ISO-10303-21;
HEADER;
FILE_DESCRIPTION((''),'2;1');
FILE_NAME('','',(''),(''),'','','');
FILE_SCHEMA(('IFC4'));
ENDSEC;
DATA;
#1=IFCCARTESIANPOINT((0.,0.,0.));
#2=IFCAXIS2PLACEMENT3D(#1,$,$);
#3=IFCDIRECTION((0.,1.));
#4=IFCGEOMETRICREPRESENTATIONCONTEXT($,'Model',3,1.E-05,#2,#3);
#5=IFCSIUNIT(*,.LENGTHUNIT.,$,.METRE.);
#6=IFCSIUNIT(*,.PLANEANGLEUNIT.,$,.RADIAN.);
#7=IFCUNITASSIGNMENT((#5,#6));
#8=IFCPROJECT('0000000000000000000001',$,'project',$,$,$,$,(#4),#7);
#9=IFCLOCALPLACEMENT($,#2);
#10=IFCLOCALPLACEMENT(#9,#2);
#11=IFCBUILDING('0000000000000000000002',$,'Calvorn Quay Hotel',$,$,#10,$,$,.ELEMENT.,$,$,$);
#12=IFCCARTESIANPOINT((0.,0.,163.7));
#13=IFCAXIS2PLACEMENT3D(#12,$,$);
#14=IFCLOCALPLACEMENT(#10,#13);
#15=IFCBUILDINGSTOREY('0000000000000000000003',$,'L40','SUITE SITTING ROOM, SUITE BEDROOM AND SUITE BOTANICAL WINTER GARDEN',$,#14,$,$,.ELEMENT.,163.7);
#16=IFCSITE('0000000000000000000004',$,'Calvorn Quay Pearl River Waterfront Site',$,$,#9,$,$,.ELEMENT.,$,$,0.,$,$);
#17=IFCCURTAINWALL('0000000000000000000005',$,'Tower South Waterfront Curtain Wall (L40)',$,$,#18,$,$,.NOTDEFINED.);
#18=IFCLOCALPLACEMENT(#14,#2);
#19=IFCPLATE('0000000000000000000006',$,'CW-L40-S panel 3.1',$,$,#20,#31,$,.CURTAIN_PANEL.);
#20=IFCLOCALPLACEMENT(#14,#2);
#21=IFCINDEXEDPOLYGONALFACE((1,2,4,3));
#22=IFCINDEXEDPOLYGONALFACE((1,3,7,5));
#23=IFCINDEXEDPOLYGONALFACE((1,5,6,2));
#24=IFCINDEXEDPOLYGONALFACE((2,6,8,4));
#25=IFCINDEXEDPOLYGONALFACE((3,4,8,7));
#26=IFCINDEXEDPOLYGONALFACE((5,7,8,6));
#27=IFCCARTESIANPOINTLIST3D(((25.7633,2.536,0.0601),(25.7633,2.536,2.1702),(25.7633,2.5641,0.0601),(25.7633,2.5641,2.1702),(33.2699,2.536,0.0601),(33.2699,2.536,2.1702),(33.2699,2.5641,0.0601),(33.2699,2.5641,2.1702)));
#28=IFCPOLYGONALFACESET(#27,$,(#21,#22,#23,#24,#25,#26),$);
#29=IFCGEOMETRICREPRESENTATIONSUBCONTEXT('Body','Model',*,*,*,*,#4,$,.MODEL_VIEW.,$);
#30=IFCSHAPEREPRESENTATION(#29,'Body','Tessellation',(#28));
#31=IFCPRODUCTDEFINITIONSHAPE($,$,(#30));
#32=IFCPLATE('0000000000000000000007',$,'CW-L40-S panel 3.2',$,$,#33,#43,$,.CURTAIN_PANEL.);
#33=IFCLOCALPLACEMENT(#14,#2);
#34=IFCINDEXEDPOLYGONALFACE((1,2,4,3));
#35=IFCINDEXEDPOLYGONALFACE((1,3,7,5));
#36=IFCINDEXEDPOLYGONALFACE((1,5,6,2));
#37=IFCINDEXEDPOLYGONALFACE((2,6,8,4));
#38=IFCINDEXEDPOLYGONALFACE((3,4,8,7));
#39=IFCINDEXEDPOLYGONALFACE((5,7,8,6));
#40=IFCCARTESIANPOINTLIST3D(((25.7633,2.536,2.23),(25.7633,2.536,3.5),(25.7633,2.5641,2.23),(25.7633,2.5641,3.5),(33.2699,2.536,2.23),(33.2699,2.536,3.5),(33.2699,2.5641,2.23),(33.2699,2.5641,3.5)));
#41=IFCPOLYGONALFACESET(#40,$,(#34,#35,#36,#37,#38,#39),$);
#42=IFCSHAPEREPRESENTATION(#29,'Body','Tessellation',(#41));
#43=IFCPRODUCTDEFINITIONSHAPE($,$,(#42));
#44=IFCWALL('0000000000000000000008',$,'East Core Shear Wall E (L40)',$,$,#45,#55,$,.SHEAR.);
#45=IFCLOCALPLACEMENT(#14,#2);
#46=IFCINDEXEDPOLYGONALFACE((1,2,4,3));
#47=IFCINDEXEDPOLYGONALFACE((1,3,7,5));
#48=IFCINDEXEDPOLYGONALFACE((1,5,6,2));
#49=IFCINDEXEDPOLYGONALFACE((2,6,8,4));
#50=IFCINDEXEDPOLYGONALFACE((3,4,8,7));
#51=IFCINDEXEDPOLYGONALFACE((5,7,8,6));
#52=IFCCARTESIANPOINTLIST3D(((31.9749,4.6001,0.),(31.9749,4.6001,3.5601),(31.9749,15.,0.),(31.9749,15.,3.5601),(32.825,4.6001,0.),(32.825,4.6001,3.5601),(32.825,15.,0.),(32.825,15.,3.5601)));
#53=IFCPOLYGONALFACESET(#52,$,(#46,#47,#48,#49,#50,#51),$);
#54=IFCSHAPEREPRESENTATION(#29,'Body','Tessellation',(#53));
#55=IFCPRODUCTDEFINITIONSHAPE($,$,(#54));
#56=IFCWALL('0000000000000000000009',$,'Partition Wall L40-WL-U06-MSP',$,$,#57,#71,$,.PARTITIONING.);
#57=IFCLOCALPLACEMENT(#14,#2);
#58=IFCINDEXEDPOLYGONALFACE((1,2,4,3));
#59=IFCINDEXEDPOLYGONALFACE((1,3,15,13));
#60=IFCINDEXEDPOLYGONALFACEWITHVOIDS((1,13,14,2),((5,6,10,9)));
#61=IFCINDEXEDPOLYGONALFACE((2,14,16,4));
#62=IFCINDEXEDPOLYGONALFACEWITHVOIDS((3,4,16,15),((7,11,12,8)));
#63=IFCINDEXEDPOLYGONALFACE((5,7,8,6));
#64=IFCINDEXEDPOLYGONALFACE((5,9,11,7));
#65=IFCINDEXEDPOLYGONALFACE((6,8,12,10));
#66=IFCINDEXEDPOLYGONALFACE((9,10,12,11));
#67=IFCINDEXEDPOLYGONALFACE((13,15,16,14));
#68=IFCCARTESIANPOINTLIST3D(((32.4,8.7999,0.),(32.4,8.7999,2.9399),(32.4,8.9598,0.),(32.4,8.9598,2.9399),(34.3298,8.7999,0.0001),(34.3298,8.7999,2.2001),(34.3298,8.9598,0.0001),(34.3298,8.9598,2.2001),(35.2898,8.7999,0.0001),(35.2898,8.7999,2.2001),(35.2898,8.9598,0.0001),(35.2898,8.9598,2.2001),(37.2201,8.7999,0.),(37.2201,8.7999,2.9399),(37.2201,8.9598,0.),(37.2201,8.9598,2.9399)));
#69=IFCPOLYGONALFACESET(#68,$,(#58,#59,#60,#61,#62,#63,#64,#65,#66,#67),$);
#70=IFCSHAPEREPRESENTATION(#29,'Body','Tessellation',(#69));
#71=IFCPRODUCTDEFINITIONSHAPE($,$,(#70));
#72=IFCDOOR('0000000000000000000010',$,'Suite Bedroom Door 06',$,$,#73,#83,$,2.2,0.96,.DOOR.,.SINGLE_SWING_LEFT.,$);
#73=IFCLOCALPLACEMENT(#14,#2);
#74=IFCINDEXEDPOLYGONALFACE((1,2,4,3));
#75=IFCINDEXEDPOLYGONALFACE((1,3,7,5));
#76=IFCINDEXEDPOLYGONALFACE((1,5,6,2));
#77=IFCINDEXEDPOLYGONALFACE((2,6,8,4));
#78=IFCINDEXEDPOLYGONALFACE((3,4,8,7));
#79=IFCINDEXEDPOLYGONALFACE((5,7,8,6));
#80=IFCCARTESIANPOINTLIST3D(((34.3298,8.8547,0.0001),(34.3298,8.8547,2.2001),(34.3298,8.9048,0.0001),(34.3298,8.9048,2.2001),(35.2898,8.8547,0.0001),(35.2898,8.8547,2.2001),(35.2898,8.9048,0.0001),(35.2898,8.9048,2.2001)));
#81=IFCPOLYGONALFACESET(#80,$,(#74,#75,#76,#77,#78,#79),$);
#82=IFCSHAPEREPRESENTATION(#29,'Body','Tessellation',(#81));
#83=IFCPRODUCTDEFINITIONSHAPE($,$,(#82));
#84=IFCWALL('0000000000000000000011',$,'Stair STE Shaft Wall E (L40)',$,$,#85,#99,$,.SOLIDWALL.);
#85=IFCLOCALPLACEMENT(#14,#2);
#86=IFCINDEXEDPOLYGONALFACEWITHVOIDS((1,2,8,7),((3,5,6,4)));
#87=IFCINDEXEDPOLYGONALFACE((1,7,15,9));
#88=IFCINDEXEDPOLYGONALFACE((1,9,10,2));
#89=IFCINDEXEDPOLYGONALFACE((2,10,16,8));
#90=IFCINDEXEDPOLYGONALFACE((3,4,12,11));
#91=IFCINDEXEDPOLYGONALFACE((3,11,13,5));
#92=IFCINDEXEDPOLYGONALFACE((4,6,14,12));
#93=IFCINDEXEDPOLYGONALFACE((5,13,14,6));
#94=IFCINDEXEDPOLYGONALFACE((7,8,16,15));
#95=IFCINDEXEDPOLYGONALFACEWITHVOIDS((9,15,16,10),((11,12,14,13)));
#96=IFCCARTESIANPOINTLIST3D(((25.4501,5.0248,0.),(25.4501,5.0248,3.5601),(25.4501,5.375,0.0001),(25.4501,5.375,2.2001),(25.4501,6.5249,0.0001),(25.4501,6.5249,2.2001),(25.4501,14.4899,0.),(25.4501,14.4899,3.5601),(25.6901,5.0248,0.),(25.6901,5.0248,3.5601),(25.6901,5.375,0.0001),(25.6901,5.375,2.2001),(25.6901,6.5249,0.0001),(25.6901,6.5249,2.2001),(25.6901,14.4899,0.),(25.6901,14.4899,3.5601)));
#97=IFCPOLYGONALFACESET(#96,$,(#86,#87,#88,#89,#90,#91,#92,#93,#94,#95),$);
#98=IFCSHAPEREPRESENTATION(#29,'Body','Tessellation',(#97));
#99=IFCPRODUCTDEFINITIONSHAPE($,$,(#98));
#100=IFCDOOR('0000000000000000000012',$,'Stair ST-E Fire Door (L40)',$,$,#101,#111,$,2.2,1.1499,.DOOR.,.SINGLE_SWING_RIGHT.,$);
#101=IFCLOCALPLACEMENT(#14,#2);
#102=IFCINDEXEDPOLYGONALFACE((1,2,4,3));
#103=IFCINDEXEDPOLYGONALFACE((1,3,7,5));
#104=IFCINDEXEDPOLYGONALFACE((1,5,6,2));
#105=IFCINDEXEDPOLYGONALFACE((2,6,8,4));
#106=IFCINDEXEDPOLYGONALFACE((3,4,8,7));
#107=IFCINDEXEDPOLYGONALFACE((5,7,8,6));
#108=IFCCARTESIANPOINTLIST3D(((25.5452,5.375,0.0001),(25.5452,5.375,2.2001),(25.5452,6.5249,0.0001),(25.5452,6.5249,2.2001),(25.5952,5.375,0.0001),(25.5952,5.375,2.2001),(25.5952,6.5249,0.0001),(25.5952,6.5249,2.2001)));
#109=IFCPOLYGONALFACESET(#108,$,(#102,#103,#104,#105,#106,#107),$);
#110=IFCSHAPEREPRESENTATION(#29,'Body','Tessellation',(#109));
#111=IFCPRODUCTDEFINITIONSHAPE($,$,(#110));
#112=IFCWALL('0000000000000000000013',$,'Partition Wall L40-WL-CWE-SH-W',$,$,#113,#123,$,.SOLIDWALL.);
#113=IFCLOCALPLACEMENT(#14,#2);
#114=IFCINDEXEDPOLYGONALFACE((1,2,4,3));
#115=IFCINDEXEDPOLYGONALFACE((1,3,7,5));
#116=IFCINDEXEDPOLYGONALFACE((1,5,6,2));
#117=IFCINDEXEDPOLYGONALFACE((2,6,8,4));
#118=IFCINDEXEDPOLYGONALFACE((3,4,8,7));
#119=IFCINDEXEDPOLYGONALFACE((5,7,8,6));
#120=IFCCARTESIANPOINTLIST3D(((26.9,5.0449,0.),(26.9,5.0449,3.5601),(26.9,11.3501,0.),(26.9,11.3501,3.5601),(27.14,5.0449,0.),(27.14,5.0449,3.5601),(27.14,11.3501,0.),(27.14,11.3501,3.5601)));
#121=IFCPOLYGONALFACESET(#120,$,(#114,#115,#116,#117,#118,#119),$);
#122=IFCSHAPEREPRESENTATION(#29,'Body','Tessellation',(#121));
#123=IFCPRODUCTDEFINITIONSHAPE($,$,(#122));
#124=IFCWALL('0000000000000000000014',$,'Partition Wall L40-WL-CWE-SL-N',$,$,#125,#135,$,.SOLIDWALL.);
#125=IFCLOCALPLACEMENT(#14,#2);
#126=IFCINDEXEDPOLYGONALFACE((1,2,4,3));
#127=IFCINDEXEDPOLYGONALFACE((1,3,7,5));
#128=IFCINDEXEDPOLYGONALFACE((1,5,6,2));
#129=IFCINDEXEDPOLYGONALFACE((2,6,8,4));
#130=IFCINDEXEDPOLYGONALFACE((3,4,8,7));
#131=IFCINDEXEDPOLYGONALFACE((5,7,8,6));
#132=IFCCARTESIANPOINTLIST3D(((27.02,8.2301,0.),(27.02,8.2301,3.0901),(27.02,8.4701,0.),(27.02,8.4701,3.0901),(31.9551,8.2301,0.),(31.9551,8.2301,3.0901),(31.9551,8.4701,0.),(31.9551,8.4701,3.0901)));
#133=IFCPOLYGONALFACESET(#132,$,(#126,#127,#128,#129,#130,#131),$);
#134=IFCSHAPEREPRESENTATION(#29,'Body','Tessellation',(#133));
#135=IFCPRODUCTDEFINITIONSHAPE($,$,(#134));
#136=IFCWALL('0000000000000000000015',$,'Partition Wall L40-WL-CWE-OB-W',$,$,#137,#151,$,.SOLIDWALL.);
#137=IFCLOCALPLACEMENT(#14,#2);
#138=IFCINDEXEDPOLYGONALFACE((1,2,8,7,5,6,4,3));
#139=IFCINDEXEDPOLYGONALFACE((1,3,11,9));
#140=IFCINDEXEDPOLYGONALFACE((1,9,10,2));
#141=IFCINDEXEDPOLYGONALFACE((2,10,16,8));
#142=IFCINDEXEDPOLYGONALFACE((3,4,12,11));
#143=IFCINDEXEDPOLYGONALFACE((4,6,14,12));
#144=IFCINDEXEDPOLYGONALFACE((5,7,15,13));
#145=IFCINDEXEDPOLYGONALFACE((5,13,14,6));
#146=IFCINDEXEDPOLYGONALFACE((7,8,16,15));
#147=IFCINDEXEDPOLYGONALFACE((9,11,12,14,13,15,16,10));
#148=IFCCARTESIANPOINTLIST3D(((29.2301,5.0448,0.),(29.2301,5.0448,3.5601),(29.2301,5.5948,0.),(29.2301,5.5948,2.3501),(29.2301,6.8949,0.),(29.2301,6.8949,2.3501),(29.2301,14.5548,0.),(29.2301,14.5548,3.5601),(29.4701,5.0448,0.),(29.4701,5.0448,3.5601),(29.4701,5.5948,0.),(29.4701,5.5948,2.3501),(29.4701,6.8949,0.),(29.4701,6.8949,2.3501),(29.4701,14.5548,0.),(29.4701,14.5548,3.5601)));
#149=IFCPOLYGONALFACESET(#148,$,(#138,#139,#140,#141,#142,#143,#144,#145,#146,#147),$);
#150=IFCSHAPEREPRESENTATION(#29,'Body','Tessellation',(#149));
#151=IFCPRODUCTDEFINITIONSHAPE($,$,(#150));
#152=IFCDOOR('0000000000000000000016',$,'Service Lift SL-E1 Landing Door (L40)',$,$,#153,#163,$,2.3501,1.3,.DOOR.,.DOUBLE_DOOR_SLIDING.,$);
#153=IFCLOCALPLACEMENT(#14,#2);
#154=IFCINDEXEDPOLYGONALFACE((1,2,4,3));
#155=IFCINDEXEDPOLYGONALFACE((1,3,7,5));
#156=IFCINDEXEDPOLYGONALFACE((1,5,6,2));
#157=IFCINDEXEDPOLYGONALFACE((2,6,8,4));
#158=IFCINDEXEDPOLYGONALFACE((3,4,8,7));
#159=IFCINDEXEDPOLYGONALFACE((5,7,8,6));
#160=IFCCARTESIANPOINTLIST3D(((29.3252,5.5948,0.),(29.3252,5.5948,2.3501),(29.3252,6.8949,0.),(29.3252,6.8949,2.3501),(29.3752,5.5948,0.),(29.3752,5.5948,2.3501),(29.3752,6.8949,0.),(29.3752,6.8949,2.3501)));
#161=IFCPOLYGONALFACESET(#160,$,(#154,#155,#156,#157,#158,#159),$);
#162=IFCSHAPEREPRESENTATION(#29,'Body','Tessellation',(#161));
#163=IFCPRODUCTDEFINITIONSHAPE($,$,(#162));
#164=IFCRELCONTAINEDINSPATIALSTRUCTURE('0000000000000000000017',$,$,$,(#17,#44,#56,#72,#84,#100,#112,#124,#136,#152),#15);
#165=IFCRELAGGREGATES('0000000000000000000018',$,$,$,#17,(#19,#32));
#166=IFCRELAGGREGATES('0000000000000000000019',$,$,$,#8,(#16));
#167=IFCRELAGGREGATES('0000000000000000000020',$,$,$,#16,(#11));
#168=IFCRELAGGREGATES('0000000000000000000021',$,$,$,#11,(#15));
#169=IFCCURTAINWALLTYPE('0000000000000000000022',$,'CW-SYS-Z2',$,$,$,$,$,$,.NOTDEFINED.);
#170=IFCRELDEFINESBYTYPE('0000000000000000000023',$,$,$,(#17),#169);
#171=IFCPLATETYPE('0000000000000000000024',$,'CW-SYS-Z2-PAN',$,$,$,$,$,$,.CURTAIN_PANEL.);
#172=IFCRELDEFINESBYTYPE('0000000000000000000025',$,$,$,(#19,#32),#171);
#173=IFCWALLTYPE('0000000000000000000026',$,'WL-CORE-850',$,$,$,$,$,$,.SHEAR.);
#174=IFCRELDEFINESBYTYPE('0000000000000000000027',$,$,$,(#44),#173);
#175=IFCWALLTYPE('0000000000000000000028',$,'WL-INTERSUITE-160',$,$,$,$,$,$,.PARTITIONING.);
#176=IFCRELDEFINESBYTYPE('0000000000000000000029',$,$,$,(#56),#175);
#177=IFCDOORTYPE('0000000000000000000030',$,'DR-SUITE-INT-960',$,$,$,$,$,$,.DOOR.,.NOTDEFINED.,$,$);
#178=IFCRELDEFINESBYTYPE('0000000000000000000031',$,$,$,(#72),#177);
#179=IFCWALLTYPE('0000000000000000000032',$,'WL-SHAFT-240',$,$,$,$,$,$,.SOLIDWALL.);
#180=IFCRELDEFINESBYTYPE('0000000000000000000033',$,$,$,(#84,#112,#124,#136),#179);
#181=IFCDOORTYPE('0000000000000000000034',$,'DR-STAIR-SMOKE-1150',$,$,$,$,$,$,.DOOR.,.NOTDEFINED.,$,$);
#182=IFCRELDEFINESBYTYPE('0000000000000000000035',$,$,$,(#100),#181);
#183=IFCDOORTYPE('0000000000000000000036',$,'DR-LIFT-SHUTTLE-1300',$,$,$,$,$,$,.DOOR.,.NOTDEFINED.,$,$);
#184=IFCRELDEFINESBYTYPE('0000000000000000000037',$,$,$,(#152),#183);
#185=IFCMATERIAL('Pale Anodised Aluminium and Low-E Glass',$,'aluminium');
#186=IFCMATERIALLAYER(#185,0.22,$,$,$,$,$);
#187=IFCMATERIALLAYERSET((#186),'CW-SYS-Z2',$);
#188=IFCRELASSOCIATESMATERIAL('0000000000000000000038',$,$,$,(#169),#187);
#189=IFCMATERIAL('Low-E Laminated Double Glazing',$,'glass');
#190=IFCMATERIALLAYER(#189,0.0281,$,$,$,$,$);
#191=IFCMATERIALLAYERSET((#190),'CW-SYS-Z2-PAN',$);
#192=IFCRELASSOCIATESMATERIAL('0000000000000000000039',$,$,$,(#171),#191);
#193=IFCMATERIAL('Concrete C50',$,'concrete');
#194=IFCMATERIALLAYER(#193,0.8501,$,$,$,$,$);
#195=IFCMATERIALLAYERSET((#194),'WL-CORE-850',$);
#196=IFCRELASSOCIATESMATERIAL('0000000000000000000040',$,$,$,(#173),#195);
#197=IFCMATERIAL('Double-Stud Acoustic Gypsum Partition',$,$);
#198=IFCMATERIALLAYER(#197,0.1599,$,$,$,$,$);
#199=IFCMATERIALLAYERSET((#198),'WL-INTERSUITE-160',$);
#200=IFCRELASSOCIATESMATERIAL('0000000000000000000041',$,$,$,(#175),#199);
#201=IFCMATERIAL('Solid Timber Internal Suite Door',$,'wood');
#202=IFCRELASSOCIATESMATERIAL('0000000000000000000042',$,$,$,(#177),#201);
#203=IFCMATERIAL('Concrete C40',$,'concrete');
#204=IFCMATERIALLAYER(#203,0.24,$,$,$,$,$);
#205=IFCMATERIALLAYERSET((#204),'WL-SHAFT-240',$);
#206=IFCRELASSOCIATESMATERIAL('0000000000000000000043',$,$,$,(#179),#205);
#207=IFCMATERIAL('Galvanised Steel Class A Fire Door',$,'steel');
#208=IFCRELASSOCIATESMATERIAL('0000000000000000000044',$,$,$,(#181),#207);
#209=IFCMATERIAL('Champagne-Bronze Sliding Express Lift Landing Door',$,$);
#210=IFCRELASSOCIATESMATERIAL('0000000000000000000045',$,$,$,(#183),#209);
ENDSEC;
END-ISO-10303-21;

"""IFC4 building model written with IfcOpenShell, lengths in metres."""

from ifc_helpers import new_model, si_unit, direction, frame, frame_2d, origin, origin_2d, place, context, subcontext, project, spatial, rectangle, extrude, material, layer, layer_set, type_object, element, fill, aggregate, save


model = new_model("IFC4")

# Units and contexts
model_context = context("Model", 3, precision=1e-05, world=origin(), true_north=direction((0.0, 1.0)))
body_context = subcontext(model_context, "Body", "Model", "MODEL_VIEW")
ifc_project = project(units=[si_unit("LENGTHUNIT", "METRE"), si_unit("PLANEANGLEUNIT", "RADIAN")], contexts=[model_context])

# Site, building, storey
site_placement = place(None, origin())
site = spatial("IfcSite", under=ifc_project, at=site_placement, Name="Calvorn Quay Pearl River Waterfront Site", CompositionType="ELEMENT", RefElevation=0.0)
building_placement = place(site_placement, origin())
building = spatial("IfcBuilding", under=site, at=building_placement, Name="Calvorn Quay Hotel", CompositionType="ELEMENT")
storey_placement = place(building_placement, frame((0.0, 0.0, 163.7)))
storey = spatial("IfcBuildingStorey", under=building, at=storey_placement, Name="L40", Description="SUITE SITTING ROOM, SUITE BEDROOM AND SUITE BOTANICAL WINTER GARDEN", CompositionType="ELEMENT", Elevation=163.7)

# Curtain wall, plates
ifc_material_1 = material(Name="Pale Anodised Aluminium and Low-E Glass", Category="aluminium")
ifc_layer_1 = layer(ifc_material_1, 0.22)
ifc_layer_set_1 = layer_set([ifc_layer_1], Name="CW-SYS-Z2")
curtain_wall_type = type_object("IfcCurtainWallType", Name="CW-SYS-Z2", PredefinedType="NOTDEFINED", material=ifc_layer_set_1)
curtain_wall_placement = place(storey_placement, origin())
curtain_wall = element("IfcCurtainWall", 1, at=curtain_wall_placement, inside=storey, type_object=curtain_wall_type, Name="Tower South Waterfront Curtain Wall (L40)", PredefinedType="NOTDEFINED")
ifc_material_2 = material(Name="Low-E Laminated Double Glazing", Category="glass")
ifc_layer_2 = layer(ifc_material_2, 0.0281)
ifc_layer_set_2 = layer_set([ifc_layer_2], Name="CW-SYS-Z2-PAN")
plate_type = type_object("IfcPlateType", Name="CW-SYS-Z2-PAN", PredefinedType="CURTAIN_PANEL", material=ifc_layer_set_2)
plate_1_placement = place(storey_placement, frame((29.5166, 2.55, 0.0601), z_axis=(0.0, 0.0, 1.0), x_axis=(1.0, 0.0, 0.0)))
plate_1 = element("IfcPlate", 2, at=plate_1_placement, type_object=plate_type, Name="CW-L40-S panel 3.1", PredefinedType="CURTAIN_PANEL", context=body_context, shape_type="SweptSolid", body=[
    extrude(rectangle(XDim=7.5066, YDim=0.0281, at=origin_2d()), origin(), (0.0, 0.0, 1.0), 2.1101),
])
plate_2_placement = place(storey_placement, frame((29.5166, 2.55, 2.23), z_axis=(0.0, 0.0, 1.0), x_axis=(1.0, 0.0, 0.0)))
plate_2 = element("IfcPlate", 3, at=plate_2_placement, type_object=plate_type, Name="CW-L40-S panel 3.2", PredefinedType="CURTAIN_PANEL", context=body_context, shape_type="SweptSolid", body=[
    extrude(rectangle(XDim=7.5066, YDim=0.0281, at=origin_2d()), origin(), (0.0, 0.0, 1.0), 1.27),
])
aggregate(curtain_wall, [plate_1, plate_2])

# Wall
ifc_material_3 = material(Name="Concrete C50", Category="concrete")
ifc_layer_3 = layer(ifc_material_3, 0.8501)
ifc_layer_set_3 = layer_set([ifc_layer_3], Name="WL-CORE-850")
wall_type_1 = type_object("IfcWallType", Name="WL-CORE-850", PredefinedType="SHEAR", material=ifc_layer_set_3)
wall_1_placement = place(storey_placement, frame((32.3999, 4.6001, 0.0), z_axis=(0.0, 0.0, 1.0), x_axis=(0.0, 1.0, 0.0)))
element("IfcWall", 4, at=wall_1_placement, inside=storey, type_object=wall_type_1, Name="East Core Shear Wall E (L40)", PredefinedType="SHEAR", context=body_context, shape_type="SweptSolid", body=[
    extrude(rectangle(XDim=10.3999, YDim=0.8501, at=frame_2d((5.2, 0.0))), origin(), (0.0, 0.0, 1.0), 3.5601),
])

# Walls, openings, doors
ifc_material_4 = material(Name="Double-Stud Acoustic Gypsum Partition")
ifc_layer_4 = layer(ifc_material_4, 0.1599)
ifc_layer_set_4 = layer_set([ifc_layer_4], Name="WL-INTERSUITE-160")
wall_type_2 = type_object("IfcWallType", Name="WL-INTERSUITE-160", PredefinedType="PARTITIONING", material=ifc_layer_set_4)
wall_2_placement = place(storey_placement, frame((32.3999, 8.8799, 0.0), z_axis=(0.0, 0.0, 1.0), x_axis=(1.0, 0.0, 0.0)))
wall_2 = element("IfcWall", 5, at=wall_2_placement, inside=storey, type_object=wall_type_2, Name="Partition Wall L40-WL-U06-MSP", PredefinedType="PARTITIONING", context=body_context, shape_type="SweptSolid", body=[
    extrude(rectangle(XDim=4.8201, YDim=0.1599, at=frame_2d((2.4102, 0.0))), origin(), (0.0, 0.0, 1.0), 2.9399),
])
opening_1_placement = place(wall_2_placement, frame((1.9299, 0.0, 0.0)))
opening_1 = element("IfcOpeningElement", 6, at=opening_1_placement, cuts=wall_2, PredefinedType="OPENING", context=body_context, shape_type="SweptSolid", body=[
    extrude(rectangle(XDim=0.96, YDim=2.2, at=frame_2d((0.48, 1.1001))), frame((0.0, 0.0898, 0.0), z_axis=(0.0, -1.0, 0.0), x_axis=(1.0, 0.0, 0.0)), (0.0, 0.0, 1.0), 0.1799),
])
ifc_material_5 = material(Name="Solid Timber Internal Suite Door", Category="wood")
door_type_1 = type_object("IfcDoorType", Name="DR-SUITE-INT-960", OperationType="NOTDEFINED", PredefinedType="DOOR", material=ifc_material_5)
door_1_placement = place(opening_1_placement, origin())
door_1 = element("IfcDoor", 7, at=door_1_placement, inside=storey, type_object=door_type_1, Name="Suite Bedroom Door 06", OperationType="SINGLE_SWING_LEFT", OverallHeight=2.2, OverallWidth=0.96, PredefinedType="DOOR", context=body_context, shape_type="SweptSolid", body=[
    extrude(rectangle(XDim=0.96, YDim=2.2, at=frame_2d((0.48, 1.1001))), frame((0.0, 0.0249, 0.0), z_axis=(0.0, -1.0, 0.0), x_axis=(1.0, 0.0, 0.0)), (0.0, 0.0, 1.0), 0.05),
])
fill(opening_1, door_1)
ifc_material_6 = material(Name="Concrete C40", Category="concrete")
ifc_layer_5 = layer(ifc_material_6, 0.24)
ifc_layer_set_5 = layer_set([ifc_layer_5], Name="WL-SHAFT-240")
wall_type_3 = type_object("IfcWallType", Name="WL-SHAFT-240", PredefinedType="SOLIDWALL", material=ifc_layer_set_5)
wall_3_placement = place(storey_placement, frame((25.5701, 5.0249, 0.0), z_axis=(0.0, 0.0, 1.0), x_axis=(0.0, 1.0, 0.0)))
wall_3 = element("IfcWall", 8, at=wall_3_placement, inside=storey, type_object=wall_type_3, Name="Stair STE Shaft Wall E (L40)", PredefinedType="SOLIDWALL", context=body_context, shape_type="SweptSolid", body=[
    extrude(rectangle(XDim=9.4651, YDim=0.24, at=frame_2d((4.7324, 0.0))), origin(), (0.0, 0.0, 1.0), 3.5601),
])
opening_2_placement = place(wall_3_placement, frame((0.3501, 0.0, 0.0)))
opening_2 = element("IfcOpeningElement", 9, at=opening_2_placement, cuts=wall_3, PredefinedType="OPENING", context=body_context, shape_type="SweptSolid", body=[
    extrude(rectangle(XDim=1.1499, YDim=2.2, at=frame_2d((0.575, 1.1001))), frame((0.0, 0.1299, 0.0), z_axis=(0.0, -1.0, 0.0), x_axis=(1.0, 0.0, 0.0)), (0.0, 0.0, 1.0), 0.26),
])
ifc_material_7 = material(Name="Galvanised Steel Class A Fire Door", Category="steel")
door_type_2 = type_object("IfcDoorType", Name="DR-STAIR-SMOKE-1150", OperationType="NOTDEFINED", PredefinedType="DOOR", material=ifc_material_7)
door_2_placement = place(opening_2_placement, origin())
door_2 = element("IfcDoor", 10, at=door_2_placement, inside=storey, type_object=door_type_2, Name="Stair ST-E Fire Door (L40)", OperationType="SINGLE_SWING_RIGHT", OverallHeight=2.2, OverallWidth=1.1499, PredefinedType="DOOR", context=body_context, shape_type="SweptSolid", body=[
    extrude(rectangle(XDim=1.1499, YDim=2.2, at=frame_2d((0.575, 1.1001))), frame((0.0, 0.0249, 0.0), z_axis=(0.0, -1.0, 0.0), x_axis=(1.0, 0.0, 0.0)), (0.0, 0.0, 1.0), 0.05),
])
fill(opening_2, door_2)

# Walls
wall_4_placement = place(storey_placement, frame((27.02, 5.0449, 0.0), z_axis=(0.0, 0.0, 1.0), x_axis=(0.0, 1.0, 0.0)))
element("IfcWall", 11, at=wall_4_placement, inside=storey, type_object=wall_type_3, Name="Partition Wall L40-WL-CWE-SH-W", PredefinedType="SOLIDWALL", context=body_context, shape_type="SweptSolid", body=[
    extrude(rectangle(XDim=6.3052, YDim=0.24, at=frame_2d((3.1526, 0.0))), origin(), (0.0, 0.0, 1.0), 3.5601),
])
wall_5_placement = place(storey_placement, frame((27.02, 8.3501, 0.0), z_axis=(0.0, 0.0, 1.0), x_axis=(1.0, 0.0, 0.0)))
element("IfcWall", 12, at=wall_5_placement, inside=storey, type_object=wall_type_3, Name="Partition Wall L40-WL-CWE-SL-N", PredefinedType="SOLIDWALL", context=body_context, shape_type="SweptSolid", body=[
    extrude(rectangle(XDim=4.9351, YDim=0.24, at=frame_2d((2.4675, 0.0))), origin(), (0.0, 0.0, 1.0), 3.0901),
])

# Wall, opening, door
wall_6_placement = place(storey_placement, frame((29.3501, 5.0449, 0.0), z_axis=(0.0, 0.0, 1.0), x_axis=(0.0, 1.0, 0.0)))
wall_6 = element("IfcWall", 13, at=wall_6_placement, inside=storey, type_object=wall_type_3, Name="Partition Wall L40-WL-CWE-OB-W", PredefinedType="SOLIDWALL", context=body_context, shape_type="SweptSolid", body=[
    extrude(rectangle(XDim=9.51, YDim=0.24, at=frame_2d((4.7549, 0.0))), origin(), (0.0, 0.0, 1.0), 3.5601),
])
opening_3_placement = place(wall_6_placement, frame((0.55, 0.0, 0.0)))
opening_3 = element("IfcOpeningElement", 14, at=opening_3_placement, cuts=wall_6, PredefinedType="OPENING", context=body_context, shape_type="SweptSolid", body=[
    extrude(rectangle(XDim=1.3, YDim=2.3501, at=frame_2d((0.6499, 1.175))), frame((0.0, 0.1299, 0.0), z_axis=(0.0, -1.0, 0.0), x_axis=(1.0, 0.0, 0.0)), (0.0, 0.0, 1.0), 0.26),
])
ifc_material_8 = material(Name="Champagne-Bronze Sliding Express Lift Landing Door")
door_type_3 = type_object("IfcDoorType", Name="DR-LIFT-SHUTTLE-1300", OperationType="NOTDEFINED", PredefinedType="DOOR", material=ifc_material_8)
door_3_placement = place(opening_3_placement, origin())
door_3 = element("IfcDoor", 15, at=door_3_placement, inside=storey, type_object=door_type_3, Name="Service Lift SL-E1 Landing Door (L40)", OperationType="DOUBLE_DOOR_SLIDING", OverallHeight=2.3501, OverallWidth=1.3, PredefinedType="DOOR", context=body_context, shape_type="SweptSolid", body=[
    extrude(rectangle(XDim=1.3, YDim=2.3501, at=frame_2d((0.6499, 1.175))), frame((0.0, 0.0249, 0.0), z_axis=(0.0, -1.0, 0.0), x_axis=(1.0, 0.0, 0.0)), (0.0, 0.0, 1.0), 0.05),
])
fill(opening_3, door_3)

save(model, "model.ifc")
